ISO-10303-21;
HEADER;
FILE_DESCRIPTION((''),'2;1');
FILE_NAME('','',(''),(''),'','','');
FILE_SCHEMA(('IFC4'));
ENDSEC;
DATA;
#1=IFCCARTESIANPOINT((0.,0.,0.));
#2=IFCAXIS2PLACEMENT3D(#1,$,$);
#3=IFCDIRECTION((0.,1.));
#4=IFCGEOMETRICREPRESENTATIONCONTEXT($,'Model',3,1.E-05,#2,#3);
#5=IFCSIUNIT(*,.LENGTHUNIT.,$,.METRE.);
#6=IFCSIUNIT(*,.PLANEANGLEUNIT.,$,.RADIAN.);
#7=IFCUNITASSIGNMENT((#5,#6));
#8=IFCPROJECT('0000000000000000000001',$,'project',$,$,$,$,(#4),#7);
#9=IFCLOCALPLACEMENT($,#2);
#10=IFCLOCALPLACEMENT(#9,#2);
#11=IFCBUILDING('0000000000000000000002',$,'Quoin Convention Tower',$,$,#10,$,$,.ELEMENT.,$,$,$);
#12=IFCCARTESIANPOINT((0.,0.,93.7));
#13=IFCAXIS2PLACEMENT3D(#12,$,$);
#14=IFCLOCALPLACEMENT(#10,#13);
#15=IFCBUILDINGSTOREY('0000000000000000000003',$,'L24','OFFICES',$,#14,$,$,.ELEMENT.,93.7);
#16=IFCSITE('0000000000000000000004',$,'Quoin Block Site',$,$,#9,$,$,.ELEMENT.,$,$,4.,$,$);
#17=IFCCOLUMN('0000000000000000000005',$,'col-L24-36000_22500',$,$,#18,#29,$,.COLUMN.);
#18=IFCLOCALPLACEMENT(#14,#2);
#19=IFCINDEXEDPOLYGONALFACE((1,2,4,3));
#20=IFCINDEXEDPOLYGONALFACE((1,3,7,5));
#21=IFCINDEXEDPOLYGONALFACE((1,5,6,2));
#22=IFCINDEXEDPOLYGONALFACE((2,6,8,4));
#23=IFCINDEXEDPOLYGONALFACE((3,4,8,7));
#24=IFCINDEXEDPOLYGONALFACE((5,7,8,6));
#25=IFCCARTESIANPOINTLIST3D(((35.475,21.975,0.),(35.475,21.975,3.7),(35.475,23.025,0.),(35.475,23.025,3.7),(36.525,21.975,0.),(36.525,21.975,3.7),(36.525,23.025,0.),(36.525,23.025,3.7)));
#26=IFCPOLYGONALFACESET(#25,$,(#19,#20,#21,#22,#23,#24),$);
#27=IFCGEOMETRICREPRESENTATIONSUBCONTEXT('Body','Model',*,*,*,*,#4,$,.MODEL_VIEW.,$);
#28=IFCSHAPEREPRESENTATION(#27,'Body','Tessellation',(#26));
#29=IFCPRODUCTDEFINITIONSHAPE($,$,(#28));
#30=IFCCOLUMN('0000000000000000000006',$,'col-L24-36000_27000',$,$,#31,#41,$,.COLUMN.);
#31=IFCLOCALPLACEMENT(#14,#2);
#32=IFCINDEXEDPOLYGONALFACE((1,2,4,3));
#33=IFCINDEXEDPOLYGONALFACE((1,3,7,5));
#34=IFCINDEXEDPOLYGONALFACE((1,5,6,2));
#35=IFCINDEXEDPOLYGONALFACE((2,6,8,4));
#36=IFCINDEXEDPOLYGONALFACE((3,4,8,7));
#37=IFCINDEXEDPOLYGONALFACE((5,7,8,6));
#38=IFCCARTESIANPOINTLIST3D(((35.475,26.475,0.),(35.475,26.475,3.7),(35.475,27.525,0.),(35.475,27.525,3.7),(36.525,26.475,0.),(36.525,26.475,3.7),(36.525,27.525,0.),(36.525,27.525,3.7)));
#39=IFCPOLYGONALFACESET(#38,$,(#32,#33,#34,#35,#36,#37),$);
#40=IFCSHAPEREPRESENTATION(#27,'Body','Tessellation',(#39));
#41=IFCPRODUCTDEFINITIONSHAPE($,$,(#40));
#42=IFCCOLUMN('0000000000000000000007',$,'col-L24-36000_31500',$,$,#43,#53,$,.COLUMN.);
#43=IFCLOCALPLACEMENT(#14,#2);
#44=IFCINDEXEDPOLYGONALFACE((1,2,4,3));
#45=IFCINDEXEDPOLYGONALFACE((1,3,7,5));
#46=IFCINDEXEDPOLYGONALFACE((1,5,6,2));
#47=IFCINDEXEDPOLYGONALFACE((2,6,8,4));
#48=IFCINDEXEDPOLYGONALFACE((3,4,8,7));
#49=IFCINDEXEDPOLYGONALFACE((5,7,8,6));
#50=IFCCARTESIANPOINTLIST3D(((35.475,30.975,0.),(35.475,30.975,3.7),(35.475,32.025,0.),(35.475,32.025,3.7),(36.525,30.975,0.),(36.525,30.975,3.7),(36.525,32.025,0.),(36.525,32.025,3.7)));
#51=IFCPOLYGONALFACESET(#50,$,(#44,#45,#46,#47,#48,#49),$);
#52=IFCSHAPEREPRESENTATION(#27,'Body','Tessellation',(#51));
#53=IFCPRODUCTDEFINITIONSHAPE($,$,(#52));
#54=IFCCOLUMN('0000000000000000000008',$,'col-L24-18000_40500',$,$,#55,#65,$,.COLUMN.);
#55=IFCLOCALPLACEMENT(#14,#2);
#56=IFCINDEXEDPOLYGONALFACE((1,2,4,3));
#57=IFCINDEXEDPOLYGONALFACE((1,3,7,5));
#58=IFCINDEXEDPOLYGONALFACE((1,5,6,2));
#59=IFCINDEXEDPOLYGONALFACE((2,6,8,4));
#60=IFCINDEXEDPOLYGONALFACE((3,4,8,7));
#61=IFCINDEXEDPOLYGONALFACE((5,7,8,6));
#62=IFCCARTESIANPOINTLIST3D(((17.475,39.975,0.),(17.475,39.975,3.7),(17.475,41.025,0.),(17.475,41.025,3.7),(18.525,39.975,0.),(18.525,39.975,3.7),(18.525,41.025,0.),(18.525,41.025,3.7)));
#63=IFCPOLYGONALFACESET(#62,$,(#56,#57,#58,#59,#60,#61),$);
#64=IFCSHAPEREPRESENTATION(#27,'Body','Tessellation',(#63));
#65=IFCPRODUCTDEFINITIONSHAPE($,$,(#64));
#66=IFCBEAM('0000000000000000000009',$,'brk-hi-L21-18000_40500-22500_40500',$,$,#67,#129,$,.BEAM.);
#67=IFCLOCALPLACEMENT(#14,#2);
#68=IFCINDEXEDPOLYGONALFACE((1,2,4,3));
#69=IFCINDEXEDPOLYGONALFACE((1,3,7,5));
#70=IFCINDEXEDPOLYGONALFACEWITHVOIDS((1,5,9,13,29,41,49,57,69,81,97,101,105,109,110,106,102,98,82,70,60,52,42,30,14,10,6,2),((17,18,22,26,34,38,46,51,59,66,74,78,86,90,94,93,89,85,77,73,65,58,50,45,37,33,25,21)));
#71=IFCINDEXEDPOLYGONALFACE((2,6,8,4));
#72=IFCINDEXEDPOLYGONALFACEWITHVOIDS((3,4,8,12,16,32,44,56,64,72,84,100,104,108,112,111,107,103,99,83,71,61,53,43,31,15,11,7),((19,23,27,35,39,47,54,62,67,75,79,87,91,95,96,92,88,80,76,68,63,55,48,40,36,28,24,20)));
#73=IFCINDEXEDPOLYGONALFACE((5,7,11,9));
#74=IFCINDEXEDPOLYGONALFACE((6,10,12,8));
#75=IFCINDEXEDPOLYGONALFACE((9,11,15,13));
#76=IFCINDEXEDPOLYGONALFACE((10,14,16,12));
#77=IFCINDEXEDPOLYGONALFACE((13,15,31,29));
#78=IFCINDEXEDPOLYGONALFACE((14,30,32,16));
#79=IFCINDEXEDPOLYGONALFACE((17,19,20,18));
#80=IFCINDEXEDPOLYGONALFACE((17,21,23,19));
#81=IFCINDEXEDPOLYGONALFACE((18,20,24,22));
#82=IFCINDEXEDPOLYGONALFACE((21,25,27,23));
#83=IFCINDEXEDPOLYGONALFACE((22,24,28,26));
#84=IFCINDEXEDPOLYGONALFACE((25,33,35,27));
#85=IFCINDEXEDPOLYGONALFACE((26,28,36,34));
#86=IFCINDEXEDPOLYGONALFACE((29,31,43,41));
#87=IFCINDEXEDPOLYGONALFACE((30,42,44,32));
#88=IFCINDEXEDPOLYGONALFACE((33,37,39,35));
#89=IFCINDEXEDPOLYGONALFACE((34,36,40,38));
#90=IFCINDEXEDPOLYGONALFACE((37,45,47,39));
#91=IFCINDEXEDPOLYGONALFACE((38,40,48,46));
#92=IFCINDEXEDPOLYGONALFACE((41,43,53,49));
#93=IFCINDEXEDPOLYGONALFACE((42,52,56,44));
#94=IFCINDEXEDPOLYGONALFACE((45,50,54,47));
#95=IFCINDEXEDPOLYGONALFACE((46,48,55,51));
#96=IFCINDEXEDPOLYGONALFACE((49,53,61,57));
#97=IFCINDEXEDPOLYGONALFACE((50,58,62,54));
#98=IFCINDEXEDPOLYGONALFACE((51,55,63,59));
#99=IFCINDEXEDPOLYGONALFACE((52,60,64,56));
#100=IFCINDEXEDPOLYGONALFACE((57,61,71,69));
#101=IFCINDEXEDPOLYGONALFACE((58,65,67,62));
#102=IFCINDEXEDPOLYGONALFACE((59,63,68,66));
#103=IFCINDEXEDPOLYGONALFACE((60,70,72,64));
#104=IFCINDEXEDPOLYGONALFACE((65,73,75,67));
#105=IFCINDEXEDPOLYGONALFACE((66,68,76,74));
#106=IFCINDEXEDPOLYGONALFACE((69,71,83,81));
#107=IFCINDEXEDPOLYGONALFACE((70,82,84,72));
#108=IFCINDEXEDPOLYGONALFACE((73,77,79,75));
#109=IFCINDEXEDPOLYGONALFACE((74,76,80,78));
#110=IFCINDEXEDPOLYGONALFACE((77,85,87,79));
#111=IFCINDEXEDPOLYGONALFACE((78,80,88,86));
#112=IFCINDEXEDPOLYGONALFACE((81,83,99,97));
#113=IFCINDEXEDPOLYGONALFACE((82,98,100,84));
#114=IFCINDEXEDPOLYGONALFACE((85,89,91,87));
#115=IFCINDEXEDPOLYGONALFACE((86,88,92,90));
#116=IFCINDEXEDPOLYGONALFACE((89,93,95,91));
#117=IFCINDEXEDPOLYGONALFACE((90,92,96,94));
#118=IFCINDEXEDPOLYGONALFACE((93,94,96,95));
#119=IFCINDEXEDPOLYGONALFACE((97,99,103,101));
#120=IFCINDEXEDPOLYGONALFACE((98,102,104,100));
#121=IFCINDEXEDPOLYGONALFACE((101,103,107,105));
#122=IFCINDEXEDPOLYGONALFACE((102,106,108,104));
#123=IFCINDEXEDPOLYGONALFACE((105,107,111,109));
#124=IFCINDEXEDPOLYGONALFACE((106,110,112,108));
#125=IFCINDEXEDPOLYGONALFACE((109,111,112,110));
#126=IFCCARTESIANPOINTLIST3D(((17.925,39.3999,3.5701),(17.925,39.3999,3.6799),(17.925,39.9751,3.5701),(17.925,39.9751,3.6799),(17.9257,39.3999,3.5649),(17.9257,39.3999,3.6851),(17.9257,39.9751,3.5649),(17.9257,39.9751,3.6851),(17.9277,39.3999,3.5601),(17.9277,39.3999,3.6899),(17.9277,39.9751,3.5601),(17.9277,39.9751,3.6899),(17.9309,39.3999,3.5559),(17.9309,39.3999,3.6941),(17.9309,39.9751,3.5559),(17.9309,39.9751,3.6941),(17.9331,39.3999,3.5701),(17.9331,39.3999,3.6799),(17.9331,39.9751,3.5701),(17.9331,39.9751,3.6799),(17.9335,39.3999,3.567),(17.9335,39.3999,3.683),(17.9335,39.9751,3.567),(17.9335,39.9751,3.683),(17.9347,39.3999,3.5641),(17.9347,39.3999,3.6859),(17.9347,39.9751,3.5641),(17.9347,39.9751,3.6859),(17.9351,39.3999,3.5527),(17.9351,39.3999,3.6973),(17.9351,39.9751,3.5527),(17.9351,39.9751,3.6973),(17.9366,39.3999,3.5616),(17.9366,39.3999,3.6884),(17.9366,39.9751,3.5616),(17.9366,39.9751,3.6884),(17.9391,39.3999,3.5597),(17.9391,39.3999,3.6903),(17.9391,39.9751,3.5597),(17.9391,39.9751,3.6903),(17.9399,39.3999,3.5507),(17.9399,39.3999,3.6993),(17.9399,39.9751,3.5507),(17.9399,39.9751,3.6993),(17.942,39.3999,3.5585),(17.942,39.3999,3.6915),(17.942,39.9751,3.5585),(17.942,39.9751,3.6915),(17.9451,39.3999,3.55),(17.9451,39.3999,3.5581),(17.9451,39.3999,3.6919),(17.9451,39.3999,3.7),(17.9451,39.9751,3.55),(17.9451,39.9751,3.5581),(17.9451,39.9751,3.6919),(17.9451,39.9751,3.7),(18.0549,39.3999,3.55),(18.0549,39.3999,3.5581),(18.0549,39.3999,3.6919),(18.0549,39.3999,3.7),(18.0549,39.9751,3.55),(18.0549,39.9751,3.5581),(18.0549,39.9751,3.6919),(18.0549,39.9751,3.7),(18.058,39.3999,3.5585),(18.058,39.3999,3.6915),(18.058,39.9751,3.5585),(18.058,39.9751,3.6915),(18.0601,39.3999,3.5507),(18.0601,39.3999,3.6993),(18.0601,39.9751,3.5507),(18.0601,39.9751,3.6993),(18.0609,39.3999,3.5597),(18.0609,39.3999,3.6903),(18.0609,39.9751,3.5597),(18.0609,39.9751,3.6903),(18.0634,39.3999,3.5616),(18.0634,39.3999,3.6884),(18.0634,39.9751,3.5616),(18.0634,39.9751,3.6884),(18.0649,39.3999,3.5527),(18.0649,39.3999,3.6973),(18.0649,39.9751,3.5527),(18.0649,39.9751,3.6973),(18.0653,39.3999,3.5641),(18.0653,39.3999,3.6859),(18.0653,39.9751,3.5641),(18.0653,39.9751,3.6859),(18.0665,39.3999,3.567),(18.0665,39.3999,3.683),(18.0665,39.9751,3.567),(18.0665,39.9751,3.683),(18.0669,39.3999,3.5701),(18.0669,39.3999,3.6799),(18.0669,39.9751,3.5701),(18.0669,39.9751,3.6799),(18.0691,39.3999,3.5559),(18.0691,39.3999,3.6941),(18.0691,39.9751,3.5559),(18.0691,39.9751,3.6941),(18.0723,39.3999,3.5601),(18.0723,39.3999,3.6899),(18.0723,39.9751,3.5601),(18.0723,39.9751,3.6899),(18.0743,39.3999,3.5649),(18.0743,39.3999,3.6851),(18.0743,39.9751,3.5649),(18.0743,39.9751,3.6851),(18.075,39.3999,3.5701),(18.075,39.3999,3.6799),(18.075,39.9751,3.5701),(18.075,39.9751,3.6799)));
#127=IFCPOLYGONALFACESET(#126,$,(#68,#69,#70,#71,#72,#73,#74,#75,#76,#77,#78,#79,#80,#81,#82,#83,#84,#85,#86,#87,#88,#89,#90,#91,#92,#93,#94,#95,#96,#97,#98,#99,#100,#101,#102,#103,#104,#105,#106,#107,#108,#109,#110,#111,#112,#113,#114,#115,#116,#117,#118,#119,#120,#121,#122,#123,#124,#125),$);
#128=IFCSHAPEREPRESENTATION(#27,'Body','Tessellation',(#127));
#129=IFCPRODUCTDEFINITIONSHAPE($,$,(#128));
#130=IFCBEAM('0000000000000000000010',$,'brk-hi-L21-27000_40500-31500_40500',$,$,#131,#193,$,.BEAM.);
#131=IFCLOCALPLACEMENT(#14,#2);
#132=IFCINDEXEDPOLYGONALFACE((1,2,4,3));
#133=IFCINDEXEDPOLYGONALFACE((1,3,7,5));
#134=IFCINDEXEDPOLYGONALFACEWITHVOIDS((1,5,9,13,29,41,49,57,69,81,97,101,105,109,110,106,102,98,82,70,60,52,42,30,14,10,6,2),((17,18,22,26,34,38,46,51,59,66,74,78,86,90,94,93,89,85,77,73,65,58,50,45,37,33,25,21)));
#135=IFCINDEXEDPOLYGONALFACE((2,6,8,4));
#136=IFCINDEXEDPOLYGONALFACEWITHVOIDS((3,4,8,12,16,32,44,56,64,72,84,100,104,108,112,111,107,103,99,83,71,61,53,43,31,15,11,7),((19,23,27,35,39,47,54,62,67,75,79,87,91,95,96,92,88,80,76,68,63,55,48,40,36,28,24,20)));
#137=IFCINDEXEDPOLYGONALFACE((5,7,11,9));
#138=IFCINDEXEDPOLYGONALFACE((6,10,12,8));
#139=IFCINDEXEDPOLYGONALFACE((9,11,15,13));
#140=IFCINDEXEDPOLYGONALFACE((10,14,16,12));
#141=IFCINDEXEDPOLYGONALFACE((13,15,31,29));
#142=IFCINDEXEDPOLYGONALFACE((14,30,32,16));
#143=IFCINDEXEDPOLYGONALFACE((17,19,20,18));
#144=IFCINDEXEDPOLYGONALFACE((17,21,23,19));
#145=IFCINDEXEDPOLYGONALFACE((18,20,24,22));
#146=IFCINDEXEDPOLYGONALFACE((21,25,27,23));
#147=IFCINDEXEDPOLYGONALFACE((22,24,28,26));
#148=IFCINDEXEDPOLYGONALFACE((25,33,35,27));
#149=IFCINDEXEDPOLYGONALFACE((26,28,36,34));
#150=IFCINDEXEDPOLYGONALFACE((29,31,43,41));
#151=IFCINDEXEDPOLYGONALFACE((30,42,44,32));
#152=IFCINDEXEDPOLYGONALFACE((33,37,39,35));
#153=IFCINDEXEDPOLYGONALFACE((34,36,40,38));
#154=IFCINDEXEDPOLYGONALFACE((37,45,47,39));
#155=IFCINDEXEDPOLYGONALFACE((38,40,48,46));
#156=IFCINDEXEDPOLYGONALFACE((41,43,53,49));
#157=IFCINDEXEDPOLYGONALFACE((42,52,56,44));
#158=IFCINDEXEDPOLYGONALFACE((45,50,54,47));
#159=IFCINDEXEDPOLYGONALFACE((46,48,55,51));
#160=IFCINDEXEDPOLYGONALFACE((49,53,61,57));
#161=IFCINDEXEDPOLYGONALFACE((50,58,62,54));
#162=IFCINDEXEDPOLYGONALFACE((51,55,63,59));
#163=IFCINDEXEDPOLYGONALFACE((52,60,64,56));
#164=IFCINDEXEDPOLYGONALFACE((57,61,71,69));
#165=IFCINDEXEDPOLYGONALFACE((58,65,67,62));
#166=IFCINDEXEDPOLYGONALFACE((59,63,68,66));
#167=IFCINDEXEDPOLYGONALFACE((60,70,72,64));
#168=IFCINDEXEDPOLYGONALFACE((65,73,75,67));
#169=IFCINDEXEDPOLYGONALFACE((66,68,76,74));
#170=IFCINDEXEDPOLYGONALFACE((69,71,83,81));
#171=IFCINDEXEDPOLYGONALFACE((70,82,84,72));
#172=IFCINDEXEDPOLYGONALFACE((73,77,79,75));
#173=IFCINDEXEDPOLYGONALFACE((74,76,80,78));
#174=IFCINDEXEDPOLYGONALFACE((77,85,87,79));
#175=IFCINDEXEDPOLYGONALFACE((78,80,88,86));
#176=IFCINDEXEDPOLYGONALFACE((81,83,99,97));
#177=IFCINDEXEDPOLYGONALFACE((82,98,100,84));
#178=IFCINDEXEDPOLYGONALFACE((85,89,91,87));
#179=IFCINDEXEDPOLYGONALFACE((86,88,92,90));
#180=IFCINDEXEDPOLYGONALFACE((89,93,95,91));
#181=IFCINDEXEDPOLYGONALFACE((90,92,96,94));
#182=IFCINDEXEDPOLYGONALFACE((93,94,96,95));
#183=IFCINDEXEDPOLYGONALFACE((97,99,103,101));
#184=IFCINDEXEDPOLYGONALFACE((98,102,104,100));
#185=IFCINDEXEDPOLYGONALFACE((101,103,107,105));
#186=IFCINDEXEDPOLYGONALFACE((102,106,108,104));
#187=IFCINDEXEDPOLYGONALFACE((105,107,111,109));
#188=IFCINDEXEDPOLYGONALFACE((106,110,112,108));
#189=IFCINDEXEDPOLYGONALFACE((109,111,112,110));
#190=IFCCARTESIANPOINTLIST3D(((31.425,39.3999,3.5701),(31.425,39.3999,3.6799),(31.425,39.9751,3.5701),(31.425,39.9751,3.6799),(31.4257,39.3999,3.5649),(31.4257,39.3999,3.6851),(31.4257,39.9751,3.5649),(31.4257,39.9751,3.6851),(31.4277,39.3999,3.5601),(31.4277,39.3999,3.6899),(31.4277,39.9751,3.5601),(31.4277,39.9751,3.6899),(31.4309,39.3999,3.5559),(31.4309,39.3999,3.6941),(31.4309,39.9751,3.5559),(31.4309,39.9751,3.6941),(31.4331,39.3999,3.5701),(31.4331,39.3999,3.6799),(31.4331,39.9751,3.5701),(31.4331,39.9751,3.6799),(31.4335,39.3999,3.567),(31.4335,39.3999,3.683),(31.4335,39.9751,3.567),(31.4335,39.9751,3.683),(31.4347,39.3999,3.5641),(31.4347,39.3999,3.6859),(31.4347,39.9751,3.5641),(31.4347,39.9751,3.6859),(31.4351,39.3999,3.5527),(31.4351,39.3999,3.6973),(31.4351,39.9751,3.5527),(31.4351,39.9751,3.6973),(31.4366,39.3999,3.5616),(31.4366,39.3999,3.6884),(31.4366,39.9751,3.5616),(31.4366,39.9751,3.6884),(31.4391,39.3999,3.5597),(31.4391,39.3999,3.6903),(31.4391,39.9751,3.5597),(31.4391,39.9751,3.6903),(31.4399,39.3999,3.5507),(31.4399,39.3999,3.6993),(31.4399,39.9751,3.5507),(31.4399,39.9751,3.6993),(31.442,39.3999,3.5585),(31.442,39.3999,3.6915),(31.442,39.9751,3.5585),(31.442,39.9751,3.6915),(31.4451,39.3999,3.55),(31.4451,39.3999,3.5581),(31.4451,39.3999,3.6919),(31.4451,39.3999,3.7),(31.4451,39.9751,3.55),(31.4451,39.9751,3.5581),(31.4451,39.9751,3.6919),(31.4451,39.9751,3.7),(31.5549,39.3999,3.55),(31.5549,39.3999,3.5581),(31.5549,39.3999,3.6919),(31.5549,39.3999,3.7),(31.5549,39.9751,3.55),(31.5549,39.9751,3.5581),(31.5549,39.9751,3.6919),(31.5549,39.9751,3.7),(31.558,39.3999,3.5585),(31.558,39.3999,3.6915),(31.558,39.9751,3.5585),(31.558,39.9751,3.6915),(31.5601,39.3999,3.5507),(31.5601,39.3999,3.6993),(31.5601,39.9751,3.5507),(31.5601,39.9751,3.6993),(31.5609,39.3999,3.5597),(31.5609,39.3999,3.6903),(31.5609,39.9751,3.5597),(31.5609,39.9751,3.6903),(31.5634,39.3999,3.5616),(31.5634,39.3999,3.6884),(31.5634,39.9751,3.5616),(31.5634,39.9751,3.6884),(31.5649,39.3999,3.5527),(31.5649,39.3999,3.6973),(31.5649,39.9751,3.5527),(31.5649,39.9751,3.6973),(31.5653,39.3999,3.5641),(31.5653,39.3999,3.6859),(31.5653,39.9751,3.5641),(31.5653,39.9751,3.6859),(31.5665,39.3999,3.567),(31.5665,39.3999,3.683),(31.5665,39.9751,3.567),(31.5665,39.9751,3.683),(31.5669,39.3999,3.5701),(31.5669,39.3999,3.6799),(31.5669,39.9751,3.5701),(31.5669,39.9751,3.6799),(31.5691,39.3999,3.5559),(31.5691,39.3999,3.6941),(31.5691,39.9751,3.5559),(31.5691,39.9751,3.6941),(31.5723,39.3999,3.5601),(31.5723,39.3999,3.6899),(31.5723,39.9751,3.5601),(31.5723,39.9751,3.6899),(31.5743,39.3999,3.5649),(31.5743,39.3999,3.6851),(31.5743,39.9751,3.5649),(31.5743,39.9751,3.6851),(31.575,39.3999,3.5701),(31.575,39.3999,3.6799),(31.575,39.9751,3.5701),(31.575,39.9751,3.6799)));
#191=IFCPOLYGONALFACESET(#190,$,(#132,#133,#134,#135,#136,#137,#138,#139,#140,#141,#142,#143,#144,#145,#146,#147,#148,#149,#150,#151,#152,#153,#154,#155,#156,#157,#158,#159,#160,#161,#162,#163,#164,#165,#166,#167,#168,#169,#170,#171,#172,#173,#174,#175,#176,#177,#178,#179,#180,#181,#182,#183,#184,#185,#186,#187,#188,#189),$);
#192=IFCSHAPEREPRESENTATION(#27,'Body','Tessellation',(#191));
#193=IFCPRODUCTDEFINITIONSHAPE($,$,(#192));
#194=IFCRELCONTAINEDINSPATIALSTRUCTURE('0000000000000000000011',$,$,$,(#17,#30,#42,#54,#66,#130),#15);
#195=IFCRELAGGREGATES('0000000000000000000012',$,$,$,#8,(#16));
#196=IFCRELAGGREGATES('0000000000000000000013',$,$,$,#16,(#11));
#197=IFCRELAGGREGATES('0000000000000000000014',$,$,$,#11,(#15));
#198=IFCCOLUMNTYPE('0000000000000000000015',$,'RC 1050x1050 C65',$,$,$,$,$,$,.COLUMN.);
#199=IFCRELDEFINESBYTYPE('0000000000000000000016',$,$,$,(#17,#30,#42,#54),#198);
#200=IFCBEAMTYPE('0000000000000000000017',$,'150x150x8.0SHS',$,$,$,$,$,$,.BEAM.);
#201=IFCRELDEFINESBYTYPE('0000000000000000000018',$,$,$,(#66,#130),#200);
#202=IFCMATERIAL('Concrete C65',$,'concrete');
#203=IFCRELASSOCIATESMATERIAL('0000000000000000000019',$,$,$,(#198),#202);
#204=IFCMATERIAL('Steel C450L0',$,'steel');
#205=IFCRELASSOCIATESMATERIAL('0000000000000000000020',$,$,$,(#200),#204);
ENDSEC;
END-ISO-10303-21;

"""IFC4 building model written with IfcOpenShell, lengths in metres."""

from ifc_helpers import new_model, si_unit, direction, frame, origin, origin_2d, place, context, subcontext, project, spatial, rectangle, hollow_rectangle, extrude, material, material_profile, profile_set, type_object, element, save


model = new_model("IFC4")

# Units and contexts
model_context = context("Model", 3, precision=1e-05, world=origin(), true_north=direction((0.0, 1.0)))
body_context = subcontext(model_context, "Body", "Model", "MODEL_VIEW")
ifc_project = project(units=[si_unit("LENGTHUNIT", "METRE"), si_unit("PLANEANGLEUNIT", "RADIAN")], contexts=[model_context])

# Site, building, storey
site_placement = place(None, origin())
site = spatial("IfcSite", under=ifc_project, at=site_placement, Name="Quoin Block Site", CompositionType="ELEMENT", RefElevation=4.0)
building_placement = place(site_placement, origin())
building = spatial("IfcBuilding", under=site, at=building_placement, Name="Quoin Convention Tower", CompositionType="ELEMENT")
storey_placement = place(building_placement, frame((0.0, 0.0, 93.7)))
storey = spatial("IfcBuildingStorey", under=building, at=storey_placement, Name="L24", Description="OFFICES", CompositionType="ELEMENT", Elevation=93.7)

# Columns
ifc_material_1 = material(Name="Concrete C65", Category="concrete")
ifc_material_profile_1 = material_profile(ifc_material_1, rectangle(XDim=1.05, YDim=1.05, at=origin_2d()), Name="RC 1050x1050")
ifc_profile_set_1 = profile_set([ifc_material_profile_1], Name="Concrete C65")
column_type = type_object("IfcColumnType", Name="RC 1050x1050 C65", PredefinedType="COLUMN", material=ifc_profile_set_1)
for number, where, z_axis, x_axis, name in (
    (1, (36.0, 22.5, 0.0), (0.0, 0.0, 1.0), (1.0, 0.0, 0.0), "col-L24-36000_22500"),
    (2, (36.0, 27.0, 0.0), (0.0, 0.0, 1.0), (1.0, 0.0, 0.0), "col-L24-36000_27000"),
    (3, (36.0, 31.5, 0.0), (0.0, 0.0, 1.0), (1.0, 0.0, 0.0), "col-L24-36000_31500"),
    (4, (18.0, 40.5, 0.0), (0.0, 0.0, 1.0), (1.0, 0.0, 0.0), "col-L24-18000_40500"),
):
    element("IfcColumn", number, at=place(storey_placement, frame(where, z_axis=z_axis, x_axis=x_axis)), inside=storey, type_object=column_type, Name=name, PredefinedType="COLUMN", context=body_context, shape_type="SweptSolid", body=[
        extrude(rectangle(XDim=1.05, YDim=1.05, at=origin_2d()), origin(), (0.0, 0.0, 1.0), 3.7),
    ])

# Beams
ifc_material_2 = material(Name="Steel C450L0", Category="steel")
ifc_material_profile_2 = material_profile(ifc_material_2, hollow_rectangle(XDim=0.1499, YDim=0.1499, WallThickness=0.0081, InnerFilletRadius=0.012, OuterFilletRadius=0.02, at=origin_2d()), Name="150x150x8.0SHS")
ifc_profile_set_2 = profile_set([ifc_material_profile_2], Name="Steel C450L0")
beam_type_1 = type_object("IfcBeamType", Name="150x150x8.0SHS", PredefinedType="BEAM", material=ifc_profile_set_2)
for number, where, z_axis, x_axis, name in (
    (5, (18.0, 39.9751, 3.625), (0.0, -1.0, 0.0), (1.0, 0.0, 0.0), "brk-hi-L21-18000_40500-22500_40500"),
    (6, (31.5, 39.9751, 3.625), (0.0, -1.0, 0.0), (1.0, 0.0, 0.0), "brk-hi-L21-27000_40500-31500_40500"),
):
    element("IfcBeam", number, at=place(storey_placement, frame(where, z_axis=z_axis, x_axis=x_axis)), inside=storey, type_object=beam_type_1, Name=name, PredefinedType="BEAM", context=body_context, shape_type="SweptSolid", body=[
        extrude(hollow_rectangle(XDim=0.1499, YDim=0.1499, WallThickness=0.0081, InnerFilletRadius=0.012, OuterFilletRadius=0.02, at=origin_2d()), origin(), (0.0, 0.0, 1.0), 0.5752),
    ])

save(model, "model.ifc")
